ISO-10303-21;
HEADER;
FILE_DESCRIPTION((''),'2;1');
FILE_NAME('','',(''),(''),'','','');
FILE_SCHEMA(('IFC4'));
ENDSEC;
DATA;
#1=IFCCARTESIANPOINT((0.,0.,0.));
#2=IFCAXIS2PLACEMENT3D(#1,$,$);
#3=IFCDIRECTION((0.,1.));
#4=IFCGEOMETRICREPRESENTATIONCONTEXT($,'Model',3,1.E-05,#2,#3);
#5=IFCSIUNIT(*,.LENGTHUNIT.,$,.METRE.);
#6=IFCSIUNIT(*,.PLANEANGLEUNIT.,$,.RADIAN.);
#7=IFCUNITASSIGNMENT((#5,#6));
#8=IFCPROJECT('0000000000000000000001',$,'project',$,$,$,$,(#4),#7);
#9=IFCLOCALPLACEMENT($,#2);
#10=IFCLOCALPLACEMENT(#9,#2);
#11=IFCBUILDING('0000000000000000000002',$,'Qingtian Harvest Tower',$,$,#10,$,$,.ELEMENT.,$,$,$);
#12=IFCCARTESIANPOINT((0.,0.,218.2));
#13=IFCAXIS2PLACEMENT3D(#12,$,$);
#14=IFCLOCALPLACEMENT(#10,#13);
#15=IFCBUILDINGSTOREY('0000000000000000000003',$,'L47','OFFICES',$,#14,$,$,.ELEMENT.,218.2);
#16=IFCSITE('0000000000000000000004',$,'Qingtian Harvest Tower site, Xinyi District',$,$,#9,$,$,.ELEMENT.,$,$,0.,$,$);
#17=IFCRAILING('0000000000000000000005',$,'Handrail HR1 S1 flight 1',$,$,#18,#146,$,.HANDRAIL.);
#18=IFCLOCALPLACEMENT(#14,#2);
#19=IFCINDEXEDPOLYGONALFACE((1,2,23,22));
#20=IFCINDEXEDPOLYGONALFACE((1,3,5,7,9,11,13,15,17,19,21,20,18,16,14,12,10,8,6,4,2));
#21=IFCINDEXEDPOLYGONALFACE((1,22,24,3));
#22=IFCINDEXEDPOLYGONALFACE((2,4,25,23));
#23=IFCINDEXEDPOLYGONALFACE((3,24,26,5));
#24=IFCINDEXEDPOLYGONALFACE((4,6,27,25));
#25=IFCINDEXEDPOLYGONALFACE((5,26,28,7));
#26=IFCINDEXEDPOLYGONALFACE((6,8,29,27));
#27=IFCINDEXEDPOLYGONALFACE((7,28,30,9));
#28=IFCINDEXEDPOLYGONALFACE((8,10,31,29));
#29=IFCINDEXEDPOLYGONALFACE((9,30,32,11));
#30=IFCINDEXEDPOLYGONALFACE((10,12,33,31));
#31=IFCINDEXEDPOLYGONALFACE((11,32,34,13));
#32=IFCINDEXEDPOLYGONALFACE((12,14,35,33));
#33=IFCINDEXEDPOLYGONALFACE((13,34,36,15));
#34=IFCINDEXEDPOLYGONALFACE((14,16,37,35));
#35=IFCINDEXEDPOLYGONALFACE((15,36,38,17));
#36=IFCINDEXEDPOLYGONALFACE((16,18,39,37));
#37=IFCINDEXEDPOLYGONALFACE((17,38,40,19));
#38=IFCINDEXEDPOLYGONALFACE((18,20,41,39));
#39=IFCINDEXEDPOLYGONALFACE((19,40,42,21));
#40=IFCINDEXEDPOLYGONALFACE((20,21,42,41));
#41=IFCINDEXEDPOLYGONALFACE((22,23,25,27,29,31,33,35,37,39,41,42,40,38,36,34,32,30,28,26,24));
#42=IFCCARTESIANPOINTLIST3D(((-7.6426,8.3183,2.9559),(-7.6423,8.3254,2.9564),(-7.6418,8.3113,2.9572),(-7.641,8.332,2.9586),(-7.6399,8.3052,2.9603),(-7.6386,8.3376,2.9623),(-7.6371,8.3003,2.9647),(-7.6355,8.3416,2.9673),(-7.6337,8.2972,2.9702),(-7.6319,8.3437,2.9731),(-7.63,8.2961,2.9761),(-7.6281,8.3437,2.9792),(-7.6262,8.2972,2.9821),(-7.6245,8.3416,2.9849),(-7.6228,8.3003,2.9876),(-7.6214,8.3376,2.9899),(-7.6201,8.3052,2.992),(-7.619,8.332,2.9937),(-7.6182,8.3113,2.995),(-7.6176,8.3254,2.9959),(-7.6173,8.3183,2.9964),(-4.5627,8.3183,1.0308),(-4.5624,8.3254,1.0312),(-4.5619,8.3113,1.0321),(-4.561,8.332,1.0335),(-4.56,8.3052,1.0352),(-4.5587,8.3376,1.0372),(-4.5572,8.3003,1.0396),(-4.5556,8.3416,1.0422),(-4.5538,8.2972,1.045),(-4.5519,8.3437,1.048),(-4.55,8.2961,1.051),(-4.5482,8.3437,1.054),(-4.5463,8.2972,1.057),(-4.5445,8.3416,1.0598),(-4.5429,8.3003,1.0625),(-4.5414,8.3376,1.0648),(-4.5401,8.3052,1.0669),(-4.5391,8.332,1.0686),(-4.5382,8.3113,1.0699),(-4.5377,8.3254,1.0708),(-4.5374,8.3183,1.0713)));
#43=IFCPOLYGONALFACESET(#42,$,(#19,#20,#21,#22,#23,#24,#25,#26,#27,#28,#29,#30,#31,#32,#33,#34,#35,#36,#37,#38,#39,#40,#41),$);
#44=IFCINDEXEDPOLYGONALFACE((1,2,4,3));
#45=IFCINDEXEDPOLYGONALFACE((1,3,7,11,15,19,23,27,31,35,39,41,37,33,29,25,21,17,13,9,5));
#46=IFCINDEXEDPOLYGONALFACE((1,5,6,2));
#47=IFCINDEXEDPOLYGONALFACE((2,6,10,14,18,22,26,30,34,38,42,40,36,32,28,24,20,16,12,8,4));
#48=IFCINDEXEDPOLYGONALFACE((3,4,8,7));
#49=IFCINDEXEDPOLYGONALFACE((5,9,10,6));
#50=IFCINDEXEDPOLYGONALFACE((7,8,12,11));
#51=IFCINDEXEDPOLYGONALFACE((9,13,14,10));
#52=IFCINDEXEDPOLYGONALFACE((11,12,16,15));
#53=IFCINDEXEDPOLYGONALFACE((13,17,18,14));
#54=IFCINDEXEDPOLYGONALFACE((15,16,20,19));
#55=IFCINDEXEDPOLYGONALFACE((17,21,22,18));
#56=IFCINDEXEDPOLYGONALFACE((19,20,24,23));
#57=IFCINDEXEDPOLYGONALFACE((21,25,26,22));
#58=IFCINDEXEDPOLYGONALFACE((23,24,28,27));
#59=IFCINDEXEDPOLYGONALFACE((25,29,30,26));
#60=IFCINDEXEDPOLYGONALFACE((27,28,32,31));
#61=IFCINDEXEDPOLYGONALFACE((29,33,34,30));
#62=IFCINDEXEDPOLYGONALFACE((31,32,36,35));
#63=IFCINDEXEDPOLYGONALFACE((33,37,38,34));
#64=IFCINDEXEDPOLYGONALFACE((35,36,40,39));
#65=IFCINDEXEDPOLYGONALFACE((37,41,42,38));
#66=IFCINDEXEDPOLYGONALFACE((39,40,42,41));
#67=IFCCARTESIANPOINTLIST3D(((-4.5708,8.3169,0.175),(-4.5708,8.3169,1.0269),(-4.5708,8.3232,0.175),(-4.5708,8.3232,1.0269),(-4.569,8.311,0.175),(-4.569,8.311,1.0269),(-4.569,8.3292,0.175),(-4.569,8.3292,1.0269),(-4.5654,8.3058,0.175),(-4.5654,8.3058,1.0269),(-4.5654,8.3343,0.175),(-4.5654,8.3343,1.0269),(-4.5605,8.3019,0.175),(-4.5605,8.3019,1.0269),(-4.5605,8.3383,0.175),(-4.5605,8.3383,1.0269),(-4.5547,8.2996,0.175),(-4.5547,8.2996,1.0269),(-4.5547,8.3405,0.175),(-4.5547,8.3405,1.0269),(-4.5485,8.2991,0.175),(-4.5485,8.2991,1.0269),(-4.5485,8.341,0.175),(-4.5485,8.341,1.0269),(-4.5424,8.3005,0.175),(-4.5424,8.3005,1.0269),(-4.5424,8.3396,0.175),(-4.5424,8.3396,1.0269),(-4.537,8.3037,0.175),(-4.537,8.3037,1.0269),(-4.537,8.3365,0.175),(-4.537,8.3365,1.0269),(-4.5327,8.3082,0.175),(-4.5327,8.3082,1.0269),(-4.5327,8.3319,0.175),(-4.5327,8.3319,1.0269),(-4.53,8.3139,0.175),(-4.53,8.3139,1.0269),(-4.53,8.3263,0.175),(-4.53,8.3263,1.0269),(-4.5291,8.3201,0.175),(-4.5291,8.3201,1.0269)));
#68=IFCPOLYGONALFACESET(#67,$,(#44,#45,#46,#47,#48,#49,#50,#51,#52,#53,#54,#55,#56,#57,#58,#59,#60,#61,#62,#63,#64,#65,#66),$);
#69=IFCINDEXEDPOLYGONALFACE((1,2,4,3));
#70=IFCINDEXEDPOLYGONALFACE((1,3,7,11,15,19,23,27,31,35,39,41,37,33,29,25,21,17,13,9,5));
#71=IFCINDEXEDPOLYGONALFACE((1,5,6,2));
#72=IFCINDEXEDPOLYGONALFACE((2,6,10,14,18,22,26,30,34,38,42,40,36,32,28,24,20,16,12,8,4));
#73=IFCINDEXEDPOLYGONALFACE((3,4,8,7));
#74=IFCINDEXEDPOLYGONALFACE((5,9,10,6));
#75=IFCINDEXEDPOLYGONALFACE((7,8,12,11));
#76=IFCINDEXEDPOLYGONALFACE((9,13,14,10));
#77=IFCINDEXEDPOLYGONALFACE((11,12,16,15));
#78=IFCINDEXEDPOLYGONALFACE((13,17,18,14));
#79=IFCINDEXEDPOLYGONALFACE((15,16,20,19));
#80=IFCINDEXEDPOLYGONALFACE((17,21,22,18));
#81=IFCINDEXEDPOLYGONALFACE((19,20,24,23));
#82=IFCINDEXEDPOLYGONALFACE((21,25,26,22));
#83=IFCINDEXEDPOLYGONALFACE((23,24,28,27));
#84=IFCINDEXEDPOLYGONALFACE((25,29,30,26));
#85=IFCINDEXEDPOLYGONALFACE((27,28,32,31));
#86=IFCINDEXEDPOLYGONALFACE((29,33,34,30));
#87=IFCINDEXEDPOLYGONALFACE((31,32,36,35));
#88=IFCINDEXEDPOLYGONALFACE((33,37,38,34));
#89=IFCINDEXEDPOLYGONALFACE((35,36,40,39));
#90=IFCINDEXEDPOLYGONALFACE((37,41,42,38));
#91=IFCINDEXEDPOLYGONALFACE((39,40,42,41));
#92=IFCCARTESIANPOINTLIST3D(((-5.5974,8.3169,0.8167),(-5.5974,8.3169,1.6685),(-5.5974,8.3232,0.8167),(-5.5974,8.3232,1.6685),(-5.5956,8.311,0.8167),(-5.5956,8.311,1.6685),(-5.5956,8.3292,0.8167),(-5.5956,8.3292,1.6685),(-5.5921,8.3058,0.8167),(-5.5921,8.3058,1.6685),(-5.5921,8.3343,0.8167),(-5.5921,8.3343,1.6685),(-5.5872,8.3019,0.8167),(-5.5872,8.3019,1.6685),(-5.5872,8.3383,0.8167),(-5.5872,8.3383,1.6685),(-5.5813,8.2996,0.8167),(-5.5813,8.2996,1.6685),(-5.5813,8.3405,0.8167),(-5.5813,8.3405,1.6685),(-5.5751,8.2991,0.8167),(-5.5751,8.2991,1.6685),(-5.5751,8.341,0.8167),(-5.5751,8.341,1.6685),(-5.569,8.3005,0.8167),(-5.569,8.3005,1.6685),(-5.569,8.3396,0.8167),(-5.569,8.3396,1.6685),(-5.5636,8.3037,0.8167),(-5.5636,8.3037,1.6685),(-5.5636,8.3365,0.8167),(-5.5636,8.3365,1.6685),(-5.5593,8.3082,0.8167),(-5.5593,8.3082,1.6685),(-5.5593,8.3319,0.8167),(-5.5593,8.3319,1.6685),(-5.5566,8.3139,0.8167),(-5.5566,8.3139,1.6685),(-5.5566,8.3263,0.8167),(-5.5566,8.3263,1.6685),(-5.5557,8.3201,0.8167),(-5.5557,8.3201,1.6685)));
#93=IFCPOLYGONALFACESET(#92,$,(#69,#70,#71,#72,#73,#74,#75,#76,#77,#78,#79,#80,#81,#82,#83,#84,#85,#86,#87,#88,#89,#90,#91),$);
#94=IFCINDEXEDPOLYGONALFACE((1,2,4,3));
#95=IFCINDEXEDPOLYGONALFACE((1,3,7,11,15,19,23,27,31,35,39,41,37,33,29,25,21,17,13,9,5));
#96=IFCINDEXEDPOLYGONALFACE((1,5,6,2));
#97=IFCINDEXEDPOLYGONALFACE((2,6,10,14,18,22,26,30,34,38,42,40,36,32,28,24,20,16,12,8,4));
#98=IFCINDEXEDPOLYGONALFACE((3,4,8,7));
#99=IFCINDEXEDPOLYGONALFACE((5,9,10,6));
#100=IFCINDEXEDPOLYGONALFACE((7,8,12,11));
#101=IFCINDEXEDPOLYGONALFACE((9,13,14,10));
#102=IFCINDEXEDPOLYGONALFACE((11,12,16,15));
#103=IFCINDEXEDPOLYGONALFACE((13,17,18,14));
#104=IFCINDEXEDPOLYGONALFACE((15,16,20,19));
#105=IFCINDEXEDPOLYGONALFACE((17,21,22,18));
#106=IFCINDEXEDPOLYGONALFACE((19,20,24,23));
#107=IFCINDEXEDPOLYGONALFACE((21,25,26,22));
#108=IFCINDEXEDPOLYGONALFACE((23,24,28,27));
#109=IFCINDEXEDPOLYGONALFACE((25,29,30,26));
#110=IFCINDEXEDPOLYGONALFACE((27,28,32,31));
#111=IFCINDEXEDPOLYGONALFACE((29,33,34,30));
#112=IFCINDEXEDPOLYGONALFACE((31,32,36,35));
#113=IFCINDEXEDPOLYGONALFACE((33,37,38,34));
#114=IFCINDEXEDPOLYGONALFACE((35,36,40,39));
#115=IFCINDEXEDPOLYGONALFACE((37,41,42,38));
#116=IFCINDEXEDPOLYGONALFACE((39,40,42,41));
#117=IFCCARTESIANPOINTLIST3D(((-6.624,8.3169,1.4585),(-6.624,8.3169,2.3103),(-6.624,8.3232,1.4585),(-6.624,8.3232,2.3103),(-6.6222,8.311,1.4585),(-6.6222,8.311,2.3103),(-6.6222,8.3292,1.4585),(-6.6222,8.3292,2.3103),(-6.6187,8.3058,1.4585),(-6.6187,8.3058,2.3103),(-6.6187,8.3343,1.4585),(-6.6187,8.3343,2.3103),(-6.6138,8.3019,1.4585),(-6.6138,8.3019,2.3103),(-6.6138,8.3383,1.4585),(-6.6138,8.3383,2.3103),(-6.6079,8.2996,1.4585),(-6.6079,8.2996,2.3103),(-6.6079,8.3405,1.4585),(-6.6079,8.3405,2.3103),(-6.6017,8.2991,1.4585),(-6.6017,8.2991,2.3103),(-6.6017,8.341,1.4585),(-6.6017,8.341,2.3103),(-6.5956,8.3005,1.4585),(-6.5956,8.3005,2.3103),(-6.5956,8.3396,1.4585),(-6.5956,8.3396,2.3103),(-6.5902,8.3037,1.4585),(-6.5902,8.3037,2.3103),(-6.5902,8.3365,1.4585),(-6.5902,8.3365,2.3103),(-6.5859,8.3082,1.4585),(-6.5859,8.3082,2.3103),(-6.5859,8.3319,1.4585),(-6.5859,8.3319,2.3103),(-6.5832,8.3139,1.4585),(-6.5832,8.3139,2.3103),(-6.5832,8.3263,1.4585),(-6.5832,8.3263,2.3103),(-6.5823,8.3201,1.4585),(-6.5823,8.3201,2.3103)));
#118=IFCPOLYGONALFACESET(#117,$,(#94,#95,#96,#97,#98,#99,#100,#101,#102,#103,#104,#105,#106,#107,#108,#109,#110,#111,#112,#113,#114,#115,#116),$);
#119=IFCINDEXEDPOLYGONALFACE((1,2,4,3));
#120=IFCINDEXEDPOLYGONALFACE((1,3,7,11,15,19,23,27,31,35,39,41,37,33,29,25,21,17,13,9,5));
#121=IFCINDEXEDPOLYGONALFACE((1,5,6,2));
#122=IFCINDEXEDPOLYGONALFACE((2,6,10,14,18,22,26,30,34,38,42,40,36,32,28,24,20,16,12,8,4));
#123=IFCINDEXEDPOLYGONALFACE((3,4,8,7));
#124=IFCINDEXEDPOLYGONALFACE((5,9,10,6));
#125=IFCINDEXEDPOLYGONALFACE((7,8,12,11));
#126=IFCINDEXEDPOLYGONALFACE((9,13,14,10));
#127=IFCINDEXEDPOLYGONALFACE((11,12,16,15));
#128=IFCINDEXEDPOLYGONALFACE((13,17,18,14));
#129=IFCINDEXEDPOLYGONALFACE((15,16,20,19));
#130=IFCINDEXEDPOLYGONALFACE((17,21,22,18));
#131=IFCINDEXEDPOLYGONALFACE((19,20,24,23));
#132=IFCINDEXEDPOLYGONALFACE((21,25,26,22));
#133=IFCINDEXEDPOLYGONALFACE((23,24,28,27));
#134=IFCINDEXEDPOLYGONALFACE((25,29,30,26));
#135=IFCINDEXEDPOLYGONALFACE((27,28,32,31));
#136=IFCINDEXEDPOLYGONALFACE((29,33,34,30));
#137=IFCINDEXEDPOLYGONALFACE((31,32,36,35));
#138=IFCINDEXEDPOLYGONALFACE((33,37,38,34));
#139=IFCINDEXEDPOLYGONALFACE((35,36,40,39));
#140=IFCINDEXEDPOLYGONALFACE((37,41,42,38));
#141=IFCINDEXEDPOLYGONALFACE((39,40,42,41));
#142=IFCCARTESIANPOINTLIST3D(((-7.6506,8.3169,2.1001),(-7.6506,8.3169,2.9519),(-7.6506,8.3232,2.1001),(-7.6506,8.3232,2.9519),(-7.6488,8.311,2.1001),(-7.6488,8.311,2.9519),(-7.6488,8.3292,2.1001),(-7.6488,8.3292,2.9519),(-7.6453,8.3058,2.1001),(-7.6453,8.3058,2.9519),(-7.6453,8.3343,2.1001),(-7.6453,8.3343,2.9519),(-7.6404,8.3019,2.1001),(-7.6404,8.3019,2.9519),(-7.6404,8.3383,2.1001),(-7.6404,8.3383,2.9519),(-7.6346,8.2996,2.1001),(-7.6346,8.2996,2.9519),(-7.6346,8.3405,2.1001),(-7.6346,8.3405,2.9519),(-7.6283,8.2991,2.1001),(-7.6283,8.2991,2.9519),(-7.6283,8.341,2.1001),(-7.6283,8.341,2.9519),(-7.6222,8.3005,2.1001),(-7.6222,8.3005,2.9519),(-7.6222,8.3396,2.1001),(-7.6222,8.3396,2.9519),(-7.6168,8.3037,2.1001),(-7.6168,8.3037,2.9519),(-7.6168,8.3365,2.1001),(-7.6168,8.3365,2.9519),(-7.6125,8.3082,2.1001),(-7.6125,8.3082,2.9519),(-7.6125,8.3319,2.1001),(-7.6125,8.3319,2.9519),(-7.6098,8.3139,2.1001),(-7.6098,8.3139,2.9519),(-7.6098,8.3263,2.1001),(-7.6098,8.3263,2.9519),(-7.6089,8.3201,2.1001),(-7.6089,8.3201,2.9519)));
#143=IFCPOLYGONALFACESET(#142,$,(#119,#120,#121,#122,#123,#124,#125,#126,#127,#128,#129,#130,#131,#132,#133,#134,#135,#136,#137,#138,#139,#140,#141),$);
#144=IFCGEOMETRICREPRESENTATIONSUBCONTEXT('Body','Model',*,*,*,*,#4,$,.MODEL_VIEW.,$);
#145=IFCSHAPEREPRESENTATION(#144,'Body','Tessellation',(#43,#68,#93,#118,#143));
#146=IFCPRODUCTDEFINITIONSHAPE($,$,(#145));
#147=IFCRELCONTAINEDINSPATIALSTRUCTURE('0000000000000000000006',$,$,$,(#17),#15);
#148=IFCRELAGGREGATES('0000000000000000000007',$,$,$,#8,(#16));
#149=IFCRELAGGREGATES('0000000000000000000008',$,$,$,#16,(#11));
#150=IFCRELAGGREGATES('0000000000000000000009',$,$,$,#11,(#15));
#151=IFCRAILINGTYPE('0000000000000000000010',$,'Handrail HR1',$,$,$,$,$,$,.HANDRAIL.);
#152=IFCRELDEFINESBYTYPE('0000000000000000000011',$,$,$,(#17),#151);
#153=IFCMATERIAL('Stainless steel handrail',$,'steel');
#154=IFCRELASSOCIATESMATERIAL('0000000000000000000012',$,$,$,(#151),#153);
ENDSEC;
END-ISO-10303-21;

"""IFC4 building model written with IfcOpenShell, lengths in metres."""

from ifc_helpers import new_model, si_unit, direction, frame, origin, origin_2d, place, context, subcontext, project, spatial, circle, extrude, material, type_object, element, save


model = new_model("IFC4")

# Units and contexts
model_context = context("Model", 3, precision=1e-05, world=origin(), true_north=direction((0.0, 1.0)))
body_context = subcontext(model_context, "Body", "Model", "MODEL_VIEW")
ifc_project = project(units=[si_unit("LENGTHUNIT", "METRE"), si_unit("PLANEANGLEUNIT", "RADIAN")], contexts=[model_context])

# Site, building, storey
site_placement = place(None, origin())
site = spatial("IfcSite", under=ifc_project, at=site_placement, Name="Qingtian Harvest Tower site, Xinyi District", CompositionType="ELEMENT", RefElevation=0.0)
building_placement = place(site_placement, origin())
building = spatial("IfcBuilding", under=site, at=building_placement, Name="Qingtian Harvest Tower", CompositionType="ELEMENT")
storey_placement = place(building_placement, frame((0.0, 0.0, 218.2)))
storey = spatial("IfcBuildingStorey", under=building, at=storey_placement, Name="L47", Description="OFFICES", CompositionType="ELEMENT", Elevation=218.2)

# Railing
ifc_material_1 = material(Name="Stainless steel handrail", Category="steel")
railing_type = type_object("IfcRailingType", Name="Handrail HR1", PredefinedType="HANDRAIL", material=ifc_material_1)
railing_1_placement = place(storey_placement, frame((-4.55, 8.3201, 0.175)))
element("IfcRailing", 1, at=railing_1_placement, inside=storey, type_object=railing_type, Name="Handrail HR1 S1 flight 1", PredefinedType="HANDRAIL", context=body_context, shape_type="SweptSolid", body=[
    extrude(circle(Radius=0.0239, at=origin_2d()), frame((0.0, 0.0, 0.876), z_axis=(-0.847979, 0.0, 0.530029), x_axis=(0.0, -1.0, 0.0)), (0.0, 0.0, 1.0), 3.6321),
    extrude(circle(Radius=0.021, at=origin_2d()), origin(), (0.0, 0.0, 1.0), 0.8518),
    extrude(circle(Radius=0.021, at=origin_2d()), frame((-1.0266, 0.0, 0.6416)), (0.0, 0.0, 1.0), 0.8518),
    extrude(circle(Radius=0.021, at=origin_2d()), frame((-2.0532, 0.0, 1.2834)), (0.0, 0.0, 1.0), 0.8518),
    extrude(circle(Radius=0.021, at=origin_2d()), frame((-3.0798, 0.0, 1.925)), (0.0, 0.0, 1.0), 0.8518),
])

save(model, "model.ifc")
